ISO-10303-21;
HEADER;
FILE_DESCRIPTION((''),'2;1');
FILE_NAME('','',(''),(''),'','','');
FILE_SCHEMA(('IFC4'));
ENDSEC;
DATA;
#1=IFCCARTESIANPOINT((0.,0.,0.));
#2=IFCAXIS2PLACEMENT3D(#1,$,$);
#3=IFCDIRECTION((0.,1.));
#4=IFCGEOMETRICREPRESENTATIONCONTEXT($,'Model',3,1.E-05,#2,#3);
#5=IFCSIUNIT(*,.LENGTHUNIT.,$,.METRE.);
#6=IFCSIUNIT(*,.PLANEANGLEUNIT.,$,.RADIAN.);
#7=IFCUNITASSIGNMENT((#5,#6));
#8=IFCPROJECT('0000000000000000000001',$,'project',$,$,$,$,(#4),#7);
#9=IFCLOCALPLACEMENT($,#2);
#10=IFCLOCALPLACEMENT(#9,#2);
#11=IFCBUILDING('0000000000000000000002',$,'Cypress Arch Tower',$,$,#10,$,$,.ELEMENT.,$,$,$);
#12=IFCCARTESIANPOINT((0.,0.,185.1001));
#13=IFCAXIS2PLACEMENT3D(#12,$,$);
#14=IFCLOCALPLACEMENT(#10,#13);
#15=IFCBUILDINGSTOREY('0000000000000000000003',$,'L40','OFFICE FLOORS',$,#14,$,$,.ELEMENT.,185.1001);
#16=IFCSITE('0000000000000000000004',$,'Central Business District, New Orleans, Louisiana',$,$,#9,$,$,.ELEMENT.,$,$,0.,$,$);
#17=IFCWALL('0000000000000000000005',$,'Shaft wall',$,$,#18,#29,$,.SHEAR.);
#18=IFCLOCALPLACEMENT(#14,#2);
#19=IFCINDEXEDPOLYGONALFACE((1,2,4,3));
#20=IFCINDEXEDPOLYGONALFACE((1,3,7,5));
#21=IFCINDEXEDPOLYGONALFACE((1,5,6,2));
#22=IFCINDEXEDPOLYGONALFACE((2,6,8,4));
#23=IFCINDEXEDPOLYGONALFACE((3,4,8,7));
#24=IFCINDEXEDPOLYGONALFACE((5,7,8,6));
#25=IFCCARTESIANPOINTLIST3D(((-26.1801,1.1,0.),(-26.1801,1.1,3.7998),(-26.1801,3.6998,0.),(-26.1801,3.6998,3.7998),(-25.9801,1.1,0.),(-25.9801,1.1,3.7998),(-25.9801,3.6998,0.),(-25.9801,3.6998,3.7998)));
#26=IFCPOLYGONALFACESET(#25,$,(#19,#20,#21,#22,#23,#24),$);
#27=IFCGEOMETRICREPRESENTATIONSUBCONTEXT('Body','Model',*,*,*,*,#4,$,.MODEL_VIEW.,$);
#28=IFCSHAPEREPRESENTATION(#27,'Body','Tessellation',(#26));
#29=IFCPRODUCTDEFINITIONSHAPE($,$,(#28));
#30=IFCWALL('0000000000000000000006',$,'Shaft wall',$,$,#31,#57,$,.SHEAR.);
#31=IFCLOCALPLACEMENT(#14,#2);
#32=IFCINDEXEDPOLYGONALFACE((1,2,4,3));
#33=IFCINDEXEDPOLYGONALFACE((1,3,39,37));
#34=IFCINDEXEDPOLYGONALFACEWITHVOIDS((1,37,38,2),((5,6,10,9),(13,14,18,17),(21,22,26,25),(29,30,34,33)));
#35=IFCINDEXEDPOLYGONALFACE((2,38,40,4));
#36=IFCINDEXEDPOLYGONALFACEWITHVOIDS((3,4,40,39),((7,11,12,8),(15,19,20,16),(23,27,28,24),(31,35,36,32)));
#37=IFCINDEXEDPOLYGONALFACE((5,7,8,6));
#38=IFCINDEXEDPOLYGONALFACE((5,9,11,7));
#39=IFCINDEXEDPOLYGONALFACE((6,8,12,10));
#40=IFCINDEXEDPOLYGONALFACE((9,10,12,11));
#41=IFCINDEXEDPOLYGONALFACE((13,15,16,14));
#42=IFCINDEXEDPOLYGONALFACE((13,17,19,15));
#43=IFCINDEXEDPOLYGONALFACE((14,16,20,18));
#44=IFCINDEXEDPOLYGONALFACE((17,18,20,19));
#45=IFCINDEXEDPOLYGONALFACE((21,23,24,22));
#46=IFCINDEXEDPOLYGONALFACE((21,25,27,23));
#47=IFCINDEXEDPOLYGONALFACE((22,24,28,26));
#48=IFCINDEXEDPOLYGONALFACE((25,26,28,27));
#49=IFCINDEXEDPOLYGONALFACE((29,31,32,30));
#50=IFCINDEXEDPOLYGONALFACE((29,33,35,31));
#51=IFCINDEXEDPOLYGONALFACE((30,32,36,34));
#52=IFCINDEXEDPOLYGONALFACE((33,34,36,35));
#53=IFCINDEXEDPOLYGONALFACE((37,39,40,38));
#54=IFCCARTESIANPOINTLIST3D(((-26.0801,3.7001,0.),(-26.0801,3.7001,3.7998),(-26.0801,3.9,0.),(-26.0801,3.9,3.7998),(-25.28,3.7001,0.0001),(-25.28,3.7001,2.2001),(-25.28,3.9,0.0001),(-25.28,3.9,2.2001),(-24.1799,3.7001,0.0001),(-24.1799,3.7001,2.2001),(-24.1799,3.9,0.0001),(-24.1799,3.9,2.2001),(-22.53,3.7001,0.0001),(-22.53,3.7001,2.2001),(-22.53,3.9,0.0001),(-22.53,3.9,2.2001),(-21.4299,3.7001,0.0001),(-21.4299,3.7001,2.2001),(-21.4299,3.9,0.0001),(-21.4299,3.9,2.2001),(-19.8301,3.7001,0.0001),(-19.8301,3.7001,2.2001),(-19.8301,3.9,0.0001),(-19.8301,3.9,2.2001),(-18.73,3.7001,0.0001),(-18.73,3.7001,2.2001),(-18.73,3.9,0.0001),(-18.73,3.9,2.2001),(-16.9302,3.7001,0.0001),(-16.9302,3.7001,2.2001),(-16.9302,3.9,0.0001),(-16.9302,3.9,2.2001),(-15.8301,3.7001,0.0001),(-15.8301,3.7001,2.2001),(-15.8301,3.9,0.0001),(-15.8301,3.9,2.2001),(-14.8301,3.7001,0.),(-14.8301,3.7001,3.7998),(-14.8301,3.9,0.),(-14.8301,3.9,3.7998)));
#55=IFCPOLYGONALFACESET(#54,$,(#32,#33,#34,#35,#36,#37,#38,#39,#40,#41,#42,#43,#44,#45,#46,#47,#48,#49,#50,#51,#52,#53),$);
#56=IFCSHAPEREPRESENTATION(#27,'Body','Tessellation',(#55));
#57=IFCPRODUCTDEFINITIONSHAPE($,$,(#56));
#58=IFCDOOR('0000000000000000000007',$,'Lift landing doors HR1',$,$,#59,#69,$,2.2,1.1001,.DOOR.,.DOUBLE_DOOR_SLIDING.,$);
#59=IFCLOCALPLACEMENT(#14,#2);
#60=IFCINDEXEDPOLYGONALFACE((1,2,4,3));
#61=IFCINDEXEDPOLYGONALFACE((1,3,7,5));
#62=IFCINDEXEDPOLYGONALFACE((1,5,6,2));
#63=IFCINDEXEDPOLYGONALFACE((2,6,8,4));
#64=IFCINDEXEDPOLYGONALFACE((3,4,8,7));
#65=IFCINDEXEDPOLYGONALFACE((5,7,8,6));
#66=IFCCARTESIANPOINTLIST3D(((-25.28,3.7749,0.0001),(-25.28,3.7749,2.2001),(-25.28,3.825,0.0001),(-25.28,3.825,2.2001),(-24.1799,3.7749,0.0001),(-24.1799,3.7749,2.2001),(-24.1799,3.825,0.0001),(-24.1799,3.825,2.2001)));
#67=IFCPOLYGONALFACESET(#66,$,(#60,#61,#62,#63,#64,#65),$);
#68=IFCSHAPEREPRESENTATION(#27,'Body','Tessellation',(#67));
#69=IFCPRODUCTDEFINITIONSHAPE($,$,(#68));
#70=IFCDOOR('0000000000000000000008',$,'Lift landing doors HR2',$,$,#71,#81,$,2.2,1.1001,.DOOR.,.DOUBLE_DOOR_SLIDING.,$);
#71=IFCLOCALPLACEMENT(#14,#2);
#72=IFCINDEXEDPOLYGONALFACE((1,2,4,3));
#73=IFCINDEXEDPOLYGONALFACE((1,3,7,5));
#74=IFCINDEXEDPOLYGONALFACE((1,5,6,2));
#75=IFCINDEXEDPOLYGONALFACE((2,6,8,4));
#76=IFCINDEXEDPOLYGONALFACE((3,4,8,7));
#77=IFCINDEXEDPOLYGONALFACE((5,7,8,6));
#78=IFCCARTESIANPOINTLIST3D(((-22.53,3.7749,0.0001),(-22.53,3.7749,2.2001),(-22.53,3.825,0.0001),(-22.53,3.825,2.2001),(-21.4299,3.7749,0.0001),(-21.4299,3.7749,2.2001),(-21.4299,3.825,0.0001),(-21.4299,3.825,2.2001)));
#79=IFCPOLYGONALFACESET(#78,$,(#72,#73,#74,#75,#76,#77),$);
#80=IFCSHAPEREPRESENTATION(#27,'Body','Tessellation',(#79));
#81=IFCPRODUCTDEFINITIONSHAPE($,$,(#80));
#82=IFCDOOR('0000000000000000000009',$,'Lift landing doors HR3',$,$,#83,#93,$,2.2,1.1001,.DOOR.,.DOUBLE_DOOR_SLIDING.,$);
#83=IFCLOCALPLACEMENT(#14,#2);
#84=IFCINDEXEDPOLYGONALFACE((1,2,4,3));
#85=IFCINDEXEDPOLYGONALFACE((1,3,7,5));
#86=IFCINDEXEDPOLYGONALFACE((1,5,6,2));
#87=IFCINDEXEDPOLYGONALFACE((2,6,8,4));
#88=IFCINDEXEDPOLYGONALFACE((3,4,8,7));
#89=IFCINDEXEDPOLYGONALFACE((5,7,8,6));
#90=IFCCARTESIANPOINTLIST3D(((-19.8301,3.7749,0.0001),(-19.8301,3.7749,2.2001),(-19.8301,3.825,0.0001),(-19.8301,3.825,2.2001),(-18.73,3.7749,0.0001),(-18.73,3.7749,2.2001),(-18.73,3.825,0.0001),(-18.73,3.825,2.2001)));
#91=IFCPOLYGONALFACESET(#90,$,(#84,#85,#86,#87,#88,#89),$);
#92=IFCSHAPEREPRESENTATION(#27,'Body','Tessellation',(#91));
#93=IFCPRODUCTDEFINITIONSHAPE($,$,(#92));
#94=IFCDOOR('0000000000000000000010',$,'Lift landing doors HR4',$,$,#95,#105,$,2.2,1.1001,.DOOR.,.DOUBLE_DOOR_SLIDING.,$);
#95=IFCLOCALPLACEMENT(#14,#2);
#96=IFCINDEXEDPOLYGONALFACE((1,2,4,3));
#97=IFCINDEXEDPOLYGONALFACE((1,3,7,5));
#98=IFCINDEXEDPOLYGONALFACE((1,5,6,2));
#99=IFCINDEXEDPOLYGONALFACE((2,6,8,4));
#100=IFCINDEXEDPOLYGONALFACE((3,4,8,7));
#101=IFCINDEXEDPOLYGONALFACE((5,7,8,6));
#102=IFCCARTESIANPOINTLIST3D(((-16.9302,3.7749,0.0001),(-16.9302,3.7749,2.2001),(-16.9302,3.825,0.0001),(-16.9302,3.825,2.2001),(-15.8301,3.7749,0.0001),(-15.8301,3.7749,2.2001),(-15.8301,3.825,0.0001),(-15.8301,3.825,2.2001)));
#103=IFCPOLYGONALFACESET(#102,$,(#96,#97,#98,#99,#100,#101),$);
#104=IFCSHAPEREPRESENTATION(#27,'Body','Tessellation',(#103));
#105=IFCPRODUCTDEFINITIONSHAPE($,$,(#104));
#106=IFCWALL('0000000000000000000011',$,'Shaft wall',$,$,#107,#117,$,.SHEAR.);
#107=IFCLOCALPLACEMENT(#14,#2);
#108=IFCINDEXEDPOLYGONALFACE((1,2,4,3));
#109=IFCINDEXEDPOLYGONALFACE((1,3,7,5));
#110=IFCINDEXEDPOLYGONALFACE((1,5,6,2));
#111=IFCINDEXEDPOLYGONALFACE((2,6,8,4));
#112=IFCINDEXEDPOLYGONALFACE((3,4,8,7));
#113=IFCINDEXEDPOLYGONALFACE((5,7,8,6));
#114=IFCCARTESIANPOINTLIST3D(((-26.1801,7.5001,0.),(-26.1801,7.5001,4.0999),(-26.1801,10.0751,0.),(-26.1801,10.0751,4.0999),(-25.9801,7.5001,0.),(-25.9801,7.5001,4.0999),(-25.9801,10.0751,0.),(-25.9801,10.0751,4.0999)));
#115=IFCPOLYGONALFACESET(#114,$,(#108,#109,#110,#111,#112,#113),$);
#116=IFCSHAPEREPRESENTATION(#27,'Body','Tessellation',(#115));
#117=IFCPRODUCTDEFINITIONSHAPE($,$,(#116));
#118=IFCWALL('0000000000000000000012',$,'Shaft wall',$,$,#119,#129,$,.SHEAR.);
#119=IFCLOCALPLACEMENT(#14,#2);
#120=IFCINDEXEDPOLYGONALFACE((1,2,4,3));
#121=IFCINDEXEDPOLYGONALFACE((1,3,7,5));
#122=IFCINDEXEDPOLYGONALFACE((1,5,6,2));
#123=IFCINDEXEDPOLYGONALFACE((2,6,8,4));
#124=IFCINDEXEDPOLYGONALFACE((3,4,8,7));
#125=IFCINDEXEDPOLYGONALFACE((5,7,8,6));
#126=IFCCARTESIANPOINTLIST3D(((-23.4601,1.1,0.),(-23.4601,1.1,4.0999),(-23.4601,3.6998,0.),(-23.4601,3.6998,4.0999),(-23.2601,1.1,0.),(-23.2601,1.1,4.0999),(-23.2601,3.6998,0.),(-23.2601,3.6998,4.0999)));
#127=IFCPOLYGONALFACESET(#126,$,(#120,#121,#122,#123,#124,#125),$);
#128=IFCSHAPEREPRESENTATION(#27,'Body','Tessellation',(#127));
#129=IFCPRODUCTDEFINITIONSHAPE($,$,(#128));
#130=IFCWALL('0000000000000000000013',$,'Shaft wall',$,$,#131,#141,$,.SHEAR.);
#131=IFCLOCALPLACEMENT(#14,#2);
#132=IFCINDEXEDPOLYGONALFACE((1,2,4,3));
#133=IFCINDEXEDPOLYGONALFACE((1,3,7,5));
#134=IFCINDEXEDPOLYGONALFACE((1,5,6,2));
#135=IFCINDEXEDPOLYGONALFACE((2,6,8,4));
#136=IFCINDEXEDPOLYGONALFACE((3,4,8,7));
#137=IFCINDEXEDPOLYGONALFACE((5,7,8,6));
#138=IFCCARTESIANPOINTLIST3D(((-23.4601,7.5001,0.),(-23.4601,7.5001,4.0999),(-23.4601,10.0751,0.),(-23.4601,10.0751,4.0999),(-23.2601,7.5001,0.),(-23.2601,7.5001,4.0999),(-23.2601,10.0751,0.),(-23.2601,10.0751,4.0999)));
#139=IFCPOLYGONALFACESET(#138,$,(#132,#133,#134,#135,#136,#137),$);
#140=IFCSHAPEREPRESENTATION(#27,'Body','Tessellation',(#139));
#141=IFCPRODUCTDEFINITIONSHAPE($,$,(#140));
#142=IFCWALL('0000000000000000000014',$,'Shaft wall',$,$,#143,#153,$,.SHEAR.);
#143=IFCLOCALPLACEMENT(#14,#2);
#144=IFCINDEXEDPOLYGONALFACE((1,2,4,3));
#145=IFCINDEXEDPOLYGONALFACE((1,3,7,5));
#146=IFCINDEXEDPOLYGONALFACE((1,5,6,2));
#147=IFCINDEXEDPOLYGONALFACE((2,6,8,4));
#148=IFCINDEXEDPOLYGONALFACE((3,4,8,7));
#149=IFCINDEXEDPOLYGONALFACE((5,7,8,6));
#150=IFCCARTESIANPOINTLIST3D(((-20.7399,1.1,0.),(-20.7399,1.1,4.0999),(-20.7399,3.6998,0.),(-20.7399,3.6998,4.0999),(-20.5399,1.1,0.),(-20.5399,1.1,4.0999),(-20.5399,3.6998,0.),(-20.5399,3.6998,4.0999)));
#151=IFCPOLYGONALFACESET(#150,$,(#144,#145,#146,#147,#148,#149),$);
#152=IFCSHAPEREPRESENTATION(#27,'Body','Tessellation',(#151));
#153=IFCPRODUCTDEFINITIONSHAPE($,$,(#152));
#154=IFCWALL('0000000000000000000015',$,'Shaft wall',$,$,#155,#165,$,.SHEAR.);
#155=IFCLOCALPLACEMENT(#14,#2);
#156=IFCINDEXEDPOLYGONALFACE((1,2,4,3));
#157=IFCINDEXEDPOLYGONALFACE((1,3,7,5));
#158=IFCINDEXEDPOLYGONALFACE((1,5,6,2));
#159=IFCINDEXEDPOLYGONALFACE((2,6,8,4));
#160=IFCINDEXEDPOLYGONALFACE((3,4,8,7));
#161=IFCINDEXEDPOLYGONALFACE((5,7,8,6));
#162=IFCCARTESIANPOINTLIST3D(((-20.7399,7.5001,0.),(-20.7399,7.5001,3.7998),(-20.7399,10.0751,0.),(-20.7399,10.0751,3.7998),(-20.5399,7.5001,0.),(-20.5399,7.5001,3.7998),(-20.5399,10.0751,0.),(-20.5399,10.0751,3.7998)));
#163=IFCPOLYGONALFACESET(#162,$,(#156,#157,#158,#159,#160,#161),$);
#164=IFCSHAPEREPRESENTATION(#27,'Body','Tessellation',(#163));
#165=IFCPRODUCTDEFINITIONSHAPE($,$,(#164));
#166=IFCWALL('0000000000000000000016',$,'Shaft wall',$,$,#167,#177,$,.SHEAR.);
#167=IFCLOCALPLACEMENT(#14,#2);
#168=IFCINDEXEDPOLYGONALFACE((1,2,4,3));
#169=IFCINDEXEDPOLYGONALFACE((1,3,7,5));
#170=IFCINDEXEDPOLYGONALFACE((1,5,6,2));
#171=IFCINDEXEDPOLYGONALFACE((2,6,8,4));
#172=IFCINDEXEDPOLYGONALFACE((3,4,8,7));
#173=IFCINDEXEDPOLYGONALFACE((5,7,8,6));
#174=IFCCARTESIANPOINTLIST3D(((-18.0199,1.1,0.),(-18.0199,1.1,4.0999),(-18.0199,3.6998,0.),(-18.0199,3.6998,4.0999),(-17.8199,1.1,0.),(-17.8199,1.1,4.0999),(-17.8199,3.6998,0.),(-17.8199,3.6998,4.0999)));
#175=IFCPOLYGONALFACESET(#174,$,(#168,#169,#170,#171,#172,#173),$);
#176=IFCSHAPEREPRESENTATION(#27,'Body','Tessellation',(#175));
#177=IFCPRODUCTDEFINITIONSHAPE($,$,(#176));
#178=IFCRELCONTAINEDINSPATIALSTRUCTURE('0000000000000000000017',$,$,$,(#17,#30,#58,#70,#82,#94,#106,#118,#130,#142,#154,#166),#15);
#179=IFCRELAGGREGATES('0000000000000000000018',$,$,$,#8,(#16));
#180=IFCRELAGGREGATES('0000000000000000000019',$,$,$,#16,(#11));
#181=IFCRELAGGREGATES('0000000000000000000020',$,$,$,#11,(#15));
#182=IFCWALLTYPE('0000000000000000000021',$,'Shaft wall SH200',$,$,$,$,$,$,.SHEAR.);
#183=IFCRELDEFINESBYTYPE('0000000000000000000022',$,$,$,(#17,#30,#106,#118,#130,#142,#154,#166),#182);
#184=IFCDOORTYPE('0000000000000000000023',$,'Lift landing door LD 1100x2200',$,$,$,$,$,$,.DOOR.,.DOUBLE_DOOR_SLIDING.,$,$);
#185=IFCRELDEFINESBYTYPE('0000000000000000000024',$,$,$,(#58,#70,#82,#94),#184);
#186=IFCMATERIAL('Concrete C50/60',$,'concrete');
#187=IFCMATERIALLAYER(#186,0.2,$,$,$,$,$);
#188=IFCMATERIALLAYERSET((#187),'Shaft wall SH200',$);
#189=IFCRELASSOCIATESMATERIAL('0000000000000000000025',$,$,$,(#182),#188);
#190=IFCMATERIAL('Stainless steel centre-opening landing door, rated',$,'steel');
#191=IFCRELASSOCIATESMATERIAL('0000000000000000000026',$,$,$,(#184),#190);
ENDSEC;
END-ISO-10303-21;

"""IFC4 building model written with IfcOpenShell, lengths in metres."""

from ifc_helpers import new_model, si_unit, direction, frame, frame_2d, origin, place, context, subcontext, project, spatial, rectangle, extrude, material, layer, layer_set, type_object, element, fill, save


model = new_model("IFC4")

# Units and contexts
model_context = context("Model", 3, precision=1e-05, world=origin(), true_north=direction((0.0, 1.0)))
body_context = subcontext(model_context, "Body", "Model", "MODEL_VIEW")
ifc_project = project(units=[si_unit("LENGTHUNIT", "METRE"), si_unit("PLANEANGLEUNIT", "RADIAN")], contexts=[model_context])

# Site, building, storey
site_placement = place(None, origin())
site = spatial("IfcSite", under=ifc_project, at=site_placement, Name="Central Business District, New Orleans, Louisiana", CompositionType="ELEMENT", RefElevation=0.0)
building_placement = place(site_placement, origin())
building = spatial("IfcBuilding", under=site, at=building_placement, Name="Cypress Arch Tower", CompositionType="ELEMENT")
storey_placement = place(building_placement, frame((0.0, 0.0, 185.1001)))
storey = spatial("IfcBuildingStorey", under=building, at=storey_placement, Name="L40", Description="OFFICE FLOORS", CompositionType="ELEMENT", Elevation=185.1001)

# Shared definitions
ifc_material_1 = material(Name="Concrete C50/60", Category="concrete")
ifc_layer_1 = layer(ifc_material_1, 0.2)
ifc_layer_set_1 = layer_set([ifc_layer_1], Name="Shaft wall SH200")
wall_type_1 = type_object("IfcWallType", Name="Shaft wall SH200", PredefinedType="SHEAR", material=ifc_layer_set_1)
ifc_material_2 = material(Name="Stainless steel centre-opening landing door, rated", Category="steel")
door_type_1 = type_object("IfcDoorType", Name="Lift landing door LD 1100x2200", OperationType="DOUBLE_DOOR_SLIDING", PredefinedType="DOOR", material=ifc_material_2)

# Wall
wall_1_placement = place(storey_placement, frame((-26.0801, 1.1001, 0.0), z_axis=(0.0, 0.0, 1.0), x_axis=(0.0, 1.0, 0.0)))
element("IfcWall", 1, at=wall_1_placement, inside=storey, type_object=wall_type_1, Name="Shaft wall", PredefinedType="SHEAR", context=body_context, shape_type="SweptSolid", body=[
    extrude(rectangle(XDim=2.5999, YDim=0.2, at=frame_2d((1.2998, 0.0))), origin(), (0.0, 0.0, 1.0), 3.7998),
])

# Wall, openings, doors
wall_2_placement = place(storey_placement, frame((-26.0801, 3.8, 0.0), z_axis=(0.0, 0.0, 1.0), x_axis=(1.0, 0.0, 0.0)))
wall_2 = element("IfcWall", 2, at=wall_2_placement, inside=storey, type_object=wall_type_1, Name="Shaft wall", PredefinedType="SHEAR", context=body_context, shape_type="SweptSolid", body=[
    extrude(rectangle(XDim=11.25, YDim=0.2, at=frame_2d((5.625, 0.0))), origin(), (0.0, 0.0, 1.0), 3.7998),
])
opening_1_placement = place(wall_2_placement, frame((0.8, 0.0, 0.0)))
opening_1 = element("IfcOpeningElement", 3, at=opening_1_placement, cuts=wall_2, PredefinedType="OPENING", context=body_context, shape_type="SweptSolid", body=[
    extrude(rectangle(XDim=1.1001, YDim=2.2, at=frame_2d((0.55, 1.1001))), frame((0.0, 0.1099, 0.0), z_axis=(0.0, -1.0, 0.0), x_axis=(1.0, 0.0, 0.0)), (0.0, 0.0, 1.0), 0.22),
])
opening_2_placement = place(wall_2_placement, frame((3.55, 0.0, 0.0)))
opening_2 = element("IfcOpeningElement", 4, at=opening_2_placement, cuts=wall_2, PredefinedType="OPENING", context=body_context, shape_type="SweptSolid", body=[
    extrude(rectangle(XDim=1.1001, YDim=2.2, at=frame_2d((0.55, 1.1001))), frame((0.0, 0.1099, 0.0), z_axis=(0.0, -1.0, 0.0), x_axis=(1.0, 0.0, 0.0)), (0.0, 0.0, 1.0), 0.22),
])
opening_3_placement = place(wall_2_placement, frame((6.25, 0.0, 0.0)))
opening_3 = element("IfcOpeningElement", 5, at=opening_3_placement, cuts=wall_2, PredefinedType="OPENING", context=body_context, shape_type="SweptSolid", body=[
    extrude(rectangle(XDim=1.1001, YDim=2.2, at=frame_2d((0.55, 1.1001))), frame((0.0, 0.1099, 0.0), z_axis=(0.0, -1.0, 0.0), x_axis=(1.0, 0.0, 0.0)), (0.0, 0.0, 1.0), 0.22),
])
opening_4_placement = place(wall_2_placement, frame((9.1499, 0.0, 0.0)))
opening_4 = element("IfcOpeningElement", 6, at=opening_4_placement, cuts=wall_2, PredefinedType="OPENING", context=body_context, shape_type="SweptSolid", body=[
    extrude(rectangle(XDim=1.1001, YDim=2.2, at=frame_2d((0.55, 1.1001))), frame((0.0, 0.1099, 0.0), z_axis=(0.0, -1.0, 0.0), x_axis=(1.0, 0.0, 0.0)), (0.0, 0.0, 1.0), 0.22),
])
door_1_placement = place(opening_1_placement, origin())
door_1 = element("IfcDoor", 7, at=door_1_placement, inside=storey, type_object=door_type_1, Name="Lift landing doors HR1", OperationType="DOUBLE_DOOR_SLIDING", OverallHeight=2.2, OverallWidth=1.1001, PredefinedType="DOOR", context=body_context, shape_type="SweptSolid", body=[
    extrude(rectangle(XDim=1.1001, YDim=2.2, at=frame_2d((0.55, 1.1001))), frame((0.0, 0.0249, 0.0), z_axis=(0.0, -1.0, 0.0), x_axis=(1.0, 0.0, 0.0)), (0.0, 0.0, 1.0), 0.05),
])
fill(opening_1, door_1)
door_2_placement = place(opening_2_placement, origin())
door_2 = element("IfcDoor", 8, at=door_2_placement, inside=storey, type_object=door_type_1, Name="Lift landing doors HR2", OperationType="DOUBLE_DOOR_SLIDING", OverallHeight=2.2, OverallWidth=1.1001, PredefinedType="DOOR", context=body_context, shape_type="SweptSolid", body=[
    extrude(rectangle(XDim=1.1001, YDim=2.2, at=frame_2d((0.55, 1.1001))), frame((0.0, 0.0249, 0.0), z_axis=(0.0, -1.0, 0.0), x_axis=(1.0, 0.0, 0.0)), (0.0, 0.0, 1.0), 0.05),
])
fill(opening_2, door_2)
door_3_placement = place(opening_3_placement, origin())
door_3 = element("IfcDoor", 9, at=door_3_placement, inside=storey, type_object=door_type_1, Name="Lift landing doors HR3", OperationType="DOUBLE_DOOR_SLIDING", OverallHeight=2.2, OverallWidth=1.1001, PredefinedType="DOOR", context=body_context, shape_type="SweptSolid", body=[
    extrude(rectangle(XDim=1.1001, YDim=2.2, at=frame_2d((0.55, 1.1001))), frame((0.0, 0.0249, 0.0), z_axis=(0.0, -1.0, 0.0), x_axis=(1.0, 0.0, 0.0)), (0.0, 0.0, 1.0), 0.05),
])
fill(opening_3, door_3)
door_4_placement = place(opening_4_placement, origin())
door_4 = element("IfcDoor", 10, at=door_4_placement, inside=storey, type_object=door_type_1, Name="Lift landing doors HR4", OperationType="DOUBLE_DOOR_SLIDING", OverallHeight=2.2, OverallWidth=1.1001, PredefinedType="DOOR", context=body_context, shape_type="SweptSolid", body=[
    extrude(rectangle(XDim=1.1001, YDim=2.2, at=frame_2d((0.55, 1.1001))), frame((0.0, 0.0249, 0.0), z_axis=(0.0, -1.0, 0.0), x_axis=(1.0, 0.0, 0.0)), (0.0, 0.0, 1.0), 0.05),
])
fill(opening_4, door_4)

# Walls
wall_3_placement = place(storey_placement, frame((-26.0801, 7.5, 0.0), z_axis=(0.0, 0.0, 1.0), x_axis=(0.0, 1.0, 0.0)))
element("IfcWall", 11, at=wall_3_placement, inside=storey, type_object=wall_type_1, Name="Shaft wall", PredefinedType="SHEAR", context=body_context, shape_type="SweptSolid", body=[
    extrude(rectangle(XDim=2.575, YDim=0.2, at=frame_2d((1.2876, 0.0))), origin(), (0.0, 0.0, 1.0), 4.0999),
])
wall_4_placement = place(storey_placement, frame((-23.3601, 1.1001, 0.0), z_axis=(0.0, 0.0, 1.0), x_axis=(0.0, 1.0, 0.0)))
element("IfcWall", 12, at=wall_4_placement, inside=storey, type_object=wall_type_1, Name="Shaft wall", PredefinedType="SHEAR", context=body_context, shape_type="SweptSolid", body=[
    extrude(rectangle(XDim=2.5999, YDim=0.2, at=frame_2d((1.2998, 0.0))), origin(), (0.0, 0.0, 1.0), 4.0999),
])
wall_5_placement = place(storey_placement, frame((-23.3601, 7.5, 0.0), z_axis=(0.0, 0.0, 1.0), x_axis=(0.0, 1.0, 0.0)))
element("IfcWall", 13, at=wall_5_placement, inside=storey, type_object=wall_type_1, Name="Shaft wall", PredefinedType="SHEAR", context=body_context, shape_type="SweptSolid", body=[
    extrude(rectangle(XDim=2.575, YDim=0.2, at=frame_2d((1.2876, 0.0))), origin(), (0.0, 0.0, 1.0), 4.0999),
])
wall_6_placement = place(storey_placement, frame((-20.6399, 1.1001, 0.0), z_axis=(0.0, 0.0, 1.0), x_axis=(0.0, 1.0, 0.0)))
element("IfcWall", 14, at=wall_6_placement, inside=storey, type_object=wall_type_1, Name="Shaft wall", PredefinedType="SHEAR", context=body_context, shape_type="SweptSolid", body=[
    extrude(rectangle(XDim=2.5999, YDim=0.2, at=frame_2d((1.2998, 0.0))), origin(), (0.0, 0.0, 1.0), 4.0999),
])
wall_7_placement = place(storey_placement, frame((-20.6399, 7.5, 0.0), z_axis=(0.0, 0.0, 1.0), x_axis=(0.0, 1.0, 0.0)))
element("IfcWall", 15, at=wall_7_placement, inside=storey, type_object=wall_type_1, Name="Shaft wall", PredefinedType="SHEAR", context=body_context, shape_type="SweptSolid", body=[
    extrude(rectangle(XDim=2.575, YDim=0.2, at=frame_2d((1.2876, 0.0))), origin(), (0.0, 0.0, 1.0), 3.7998),
])
wall_8_placement = place(storey_placement, frame((-17.9199, 1.1001, 0.0), z_axis=(0.0, 0.0, 1.0), x_axis=(0.0, 1.0, 0.0)))
element("IfcWall", 16, at=wall_8_placement, inside=storey, type_object=wall_type_1, Name="Shaft wall", PredefinedType="SHEAR", context=body_context, shape_type="SweptSolid", body=[
    extrude(rectangle(XDim=2.5999, YDim=0.2, at=frame_2d((1.2998, 0.0))), origin(), (0.0, 0.0, 1.0), 4.0999),
])

save(model, "model.ifc")
